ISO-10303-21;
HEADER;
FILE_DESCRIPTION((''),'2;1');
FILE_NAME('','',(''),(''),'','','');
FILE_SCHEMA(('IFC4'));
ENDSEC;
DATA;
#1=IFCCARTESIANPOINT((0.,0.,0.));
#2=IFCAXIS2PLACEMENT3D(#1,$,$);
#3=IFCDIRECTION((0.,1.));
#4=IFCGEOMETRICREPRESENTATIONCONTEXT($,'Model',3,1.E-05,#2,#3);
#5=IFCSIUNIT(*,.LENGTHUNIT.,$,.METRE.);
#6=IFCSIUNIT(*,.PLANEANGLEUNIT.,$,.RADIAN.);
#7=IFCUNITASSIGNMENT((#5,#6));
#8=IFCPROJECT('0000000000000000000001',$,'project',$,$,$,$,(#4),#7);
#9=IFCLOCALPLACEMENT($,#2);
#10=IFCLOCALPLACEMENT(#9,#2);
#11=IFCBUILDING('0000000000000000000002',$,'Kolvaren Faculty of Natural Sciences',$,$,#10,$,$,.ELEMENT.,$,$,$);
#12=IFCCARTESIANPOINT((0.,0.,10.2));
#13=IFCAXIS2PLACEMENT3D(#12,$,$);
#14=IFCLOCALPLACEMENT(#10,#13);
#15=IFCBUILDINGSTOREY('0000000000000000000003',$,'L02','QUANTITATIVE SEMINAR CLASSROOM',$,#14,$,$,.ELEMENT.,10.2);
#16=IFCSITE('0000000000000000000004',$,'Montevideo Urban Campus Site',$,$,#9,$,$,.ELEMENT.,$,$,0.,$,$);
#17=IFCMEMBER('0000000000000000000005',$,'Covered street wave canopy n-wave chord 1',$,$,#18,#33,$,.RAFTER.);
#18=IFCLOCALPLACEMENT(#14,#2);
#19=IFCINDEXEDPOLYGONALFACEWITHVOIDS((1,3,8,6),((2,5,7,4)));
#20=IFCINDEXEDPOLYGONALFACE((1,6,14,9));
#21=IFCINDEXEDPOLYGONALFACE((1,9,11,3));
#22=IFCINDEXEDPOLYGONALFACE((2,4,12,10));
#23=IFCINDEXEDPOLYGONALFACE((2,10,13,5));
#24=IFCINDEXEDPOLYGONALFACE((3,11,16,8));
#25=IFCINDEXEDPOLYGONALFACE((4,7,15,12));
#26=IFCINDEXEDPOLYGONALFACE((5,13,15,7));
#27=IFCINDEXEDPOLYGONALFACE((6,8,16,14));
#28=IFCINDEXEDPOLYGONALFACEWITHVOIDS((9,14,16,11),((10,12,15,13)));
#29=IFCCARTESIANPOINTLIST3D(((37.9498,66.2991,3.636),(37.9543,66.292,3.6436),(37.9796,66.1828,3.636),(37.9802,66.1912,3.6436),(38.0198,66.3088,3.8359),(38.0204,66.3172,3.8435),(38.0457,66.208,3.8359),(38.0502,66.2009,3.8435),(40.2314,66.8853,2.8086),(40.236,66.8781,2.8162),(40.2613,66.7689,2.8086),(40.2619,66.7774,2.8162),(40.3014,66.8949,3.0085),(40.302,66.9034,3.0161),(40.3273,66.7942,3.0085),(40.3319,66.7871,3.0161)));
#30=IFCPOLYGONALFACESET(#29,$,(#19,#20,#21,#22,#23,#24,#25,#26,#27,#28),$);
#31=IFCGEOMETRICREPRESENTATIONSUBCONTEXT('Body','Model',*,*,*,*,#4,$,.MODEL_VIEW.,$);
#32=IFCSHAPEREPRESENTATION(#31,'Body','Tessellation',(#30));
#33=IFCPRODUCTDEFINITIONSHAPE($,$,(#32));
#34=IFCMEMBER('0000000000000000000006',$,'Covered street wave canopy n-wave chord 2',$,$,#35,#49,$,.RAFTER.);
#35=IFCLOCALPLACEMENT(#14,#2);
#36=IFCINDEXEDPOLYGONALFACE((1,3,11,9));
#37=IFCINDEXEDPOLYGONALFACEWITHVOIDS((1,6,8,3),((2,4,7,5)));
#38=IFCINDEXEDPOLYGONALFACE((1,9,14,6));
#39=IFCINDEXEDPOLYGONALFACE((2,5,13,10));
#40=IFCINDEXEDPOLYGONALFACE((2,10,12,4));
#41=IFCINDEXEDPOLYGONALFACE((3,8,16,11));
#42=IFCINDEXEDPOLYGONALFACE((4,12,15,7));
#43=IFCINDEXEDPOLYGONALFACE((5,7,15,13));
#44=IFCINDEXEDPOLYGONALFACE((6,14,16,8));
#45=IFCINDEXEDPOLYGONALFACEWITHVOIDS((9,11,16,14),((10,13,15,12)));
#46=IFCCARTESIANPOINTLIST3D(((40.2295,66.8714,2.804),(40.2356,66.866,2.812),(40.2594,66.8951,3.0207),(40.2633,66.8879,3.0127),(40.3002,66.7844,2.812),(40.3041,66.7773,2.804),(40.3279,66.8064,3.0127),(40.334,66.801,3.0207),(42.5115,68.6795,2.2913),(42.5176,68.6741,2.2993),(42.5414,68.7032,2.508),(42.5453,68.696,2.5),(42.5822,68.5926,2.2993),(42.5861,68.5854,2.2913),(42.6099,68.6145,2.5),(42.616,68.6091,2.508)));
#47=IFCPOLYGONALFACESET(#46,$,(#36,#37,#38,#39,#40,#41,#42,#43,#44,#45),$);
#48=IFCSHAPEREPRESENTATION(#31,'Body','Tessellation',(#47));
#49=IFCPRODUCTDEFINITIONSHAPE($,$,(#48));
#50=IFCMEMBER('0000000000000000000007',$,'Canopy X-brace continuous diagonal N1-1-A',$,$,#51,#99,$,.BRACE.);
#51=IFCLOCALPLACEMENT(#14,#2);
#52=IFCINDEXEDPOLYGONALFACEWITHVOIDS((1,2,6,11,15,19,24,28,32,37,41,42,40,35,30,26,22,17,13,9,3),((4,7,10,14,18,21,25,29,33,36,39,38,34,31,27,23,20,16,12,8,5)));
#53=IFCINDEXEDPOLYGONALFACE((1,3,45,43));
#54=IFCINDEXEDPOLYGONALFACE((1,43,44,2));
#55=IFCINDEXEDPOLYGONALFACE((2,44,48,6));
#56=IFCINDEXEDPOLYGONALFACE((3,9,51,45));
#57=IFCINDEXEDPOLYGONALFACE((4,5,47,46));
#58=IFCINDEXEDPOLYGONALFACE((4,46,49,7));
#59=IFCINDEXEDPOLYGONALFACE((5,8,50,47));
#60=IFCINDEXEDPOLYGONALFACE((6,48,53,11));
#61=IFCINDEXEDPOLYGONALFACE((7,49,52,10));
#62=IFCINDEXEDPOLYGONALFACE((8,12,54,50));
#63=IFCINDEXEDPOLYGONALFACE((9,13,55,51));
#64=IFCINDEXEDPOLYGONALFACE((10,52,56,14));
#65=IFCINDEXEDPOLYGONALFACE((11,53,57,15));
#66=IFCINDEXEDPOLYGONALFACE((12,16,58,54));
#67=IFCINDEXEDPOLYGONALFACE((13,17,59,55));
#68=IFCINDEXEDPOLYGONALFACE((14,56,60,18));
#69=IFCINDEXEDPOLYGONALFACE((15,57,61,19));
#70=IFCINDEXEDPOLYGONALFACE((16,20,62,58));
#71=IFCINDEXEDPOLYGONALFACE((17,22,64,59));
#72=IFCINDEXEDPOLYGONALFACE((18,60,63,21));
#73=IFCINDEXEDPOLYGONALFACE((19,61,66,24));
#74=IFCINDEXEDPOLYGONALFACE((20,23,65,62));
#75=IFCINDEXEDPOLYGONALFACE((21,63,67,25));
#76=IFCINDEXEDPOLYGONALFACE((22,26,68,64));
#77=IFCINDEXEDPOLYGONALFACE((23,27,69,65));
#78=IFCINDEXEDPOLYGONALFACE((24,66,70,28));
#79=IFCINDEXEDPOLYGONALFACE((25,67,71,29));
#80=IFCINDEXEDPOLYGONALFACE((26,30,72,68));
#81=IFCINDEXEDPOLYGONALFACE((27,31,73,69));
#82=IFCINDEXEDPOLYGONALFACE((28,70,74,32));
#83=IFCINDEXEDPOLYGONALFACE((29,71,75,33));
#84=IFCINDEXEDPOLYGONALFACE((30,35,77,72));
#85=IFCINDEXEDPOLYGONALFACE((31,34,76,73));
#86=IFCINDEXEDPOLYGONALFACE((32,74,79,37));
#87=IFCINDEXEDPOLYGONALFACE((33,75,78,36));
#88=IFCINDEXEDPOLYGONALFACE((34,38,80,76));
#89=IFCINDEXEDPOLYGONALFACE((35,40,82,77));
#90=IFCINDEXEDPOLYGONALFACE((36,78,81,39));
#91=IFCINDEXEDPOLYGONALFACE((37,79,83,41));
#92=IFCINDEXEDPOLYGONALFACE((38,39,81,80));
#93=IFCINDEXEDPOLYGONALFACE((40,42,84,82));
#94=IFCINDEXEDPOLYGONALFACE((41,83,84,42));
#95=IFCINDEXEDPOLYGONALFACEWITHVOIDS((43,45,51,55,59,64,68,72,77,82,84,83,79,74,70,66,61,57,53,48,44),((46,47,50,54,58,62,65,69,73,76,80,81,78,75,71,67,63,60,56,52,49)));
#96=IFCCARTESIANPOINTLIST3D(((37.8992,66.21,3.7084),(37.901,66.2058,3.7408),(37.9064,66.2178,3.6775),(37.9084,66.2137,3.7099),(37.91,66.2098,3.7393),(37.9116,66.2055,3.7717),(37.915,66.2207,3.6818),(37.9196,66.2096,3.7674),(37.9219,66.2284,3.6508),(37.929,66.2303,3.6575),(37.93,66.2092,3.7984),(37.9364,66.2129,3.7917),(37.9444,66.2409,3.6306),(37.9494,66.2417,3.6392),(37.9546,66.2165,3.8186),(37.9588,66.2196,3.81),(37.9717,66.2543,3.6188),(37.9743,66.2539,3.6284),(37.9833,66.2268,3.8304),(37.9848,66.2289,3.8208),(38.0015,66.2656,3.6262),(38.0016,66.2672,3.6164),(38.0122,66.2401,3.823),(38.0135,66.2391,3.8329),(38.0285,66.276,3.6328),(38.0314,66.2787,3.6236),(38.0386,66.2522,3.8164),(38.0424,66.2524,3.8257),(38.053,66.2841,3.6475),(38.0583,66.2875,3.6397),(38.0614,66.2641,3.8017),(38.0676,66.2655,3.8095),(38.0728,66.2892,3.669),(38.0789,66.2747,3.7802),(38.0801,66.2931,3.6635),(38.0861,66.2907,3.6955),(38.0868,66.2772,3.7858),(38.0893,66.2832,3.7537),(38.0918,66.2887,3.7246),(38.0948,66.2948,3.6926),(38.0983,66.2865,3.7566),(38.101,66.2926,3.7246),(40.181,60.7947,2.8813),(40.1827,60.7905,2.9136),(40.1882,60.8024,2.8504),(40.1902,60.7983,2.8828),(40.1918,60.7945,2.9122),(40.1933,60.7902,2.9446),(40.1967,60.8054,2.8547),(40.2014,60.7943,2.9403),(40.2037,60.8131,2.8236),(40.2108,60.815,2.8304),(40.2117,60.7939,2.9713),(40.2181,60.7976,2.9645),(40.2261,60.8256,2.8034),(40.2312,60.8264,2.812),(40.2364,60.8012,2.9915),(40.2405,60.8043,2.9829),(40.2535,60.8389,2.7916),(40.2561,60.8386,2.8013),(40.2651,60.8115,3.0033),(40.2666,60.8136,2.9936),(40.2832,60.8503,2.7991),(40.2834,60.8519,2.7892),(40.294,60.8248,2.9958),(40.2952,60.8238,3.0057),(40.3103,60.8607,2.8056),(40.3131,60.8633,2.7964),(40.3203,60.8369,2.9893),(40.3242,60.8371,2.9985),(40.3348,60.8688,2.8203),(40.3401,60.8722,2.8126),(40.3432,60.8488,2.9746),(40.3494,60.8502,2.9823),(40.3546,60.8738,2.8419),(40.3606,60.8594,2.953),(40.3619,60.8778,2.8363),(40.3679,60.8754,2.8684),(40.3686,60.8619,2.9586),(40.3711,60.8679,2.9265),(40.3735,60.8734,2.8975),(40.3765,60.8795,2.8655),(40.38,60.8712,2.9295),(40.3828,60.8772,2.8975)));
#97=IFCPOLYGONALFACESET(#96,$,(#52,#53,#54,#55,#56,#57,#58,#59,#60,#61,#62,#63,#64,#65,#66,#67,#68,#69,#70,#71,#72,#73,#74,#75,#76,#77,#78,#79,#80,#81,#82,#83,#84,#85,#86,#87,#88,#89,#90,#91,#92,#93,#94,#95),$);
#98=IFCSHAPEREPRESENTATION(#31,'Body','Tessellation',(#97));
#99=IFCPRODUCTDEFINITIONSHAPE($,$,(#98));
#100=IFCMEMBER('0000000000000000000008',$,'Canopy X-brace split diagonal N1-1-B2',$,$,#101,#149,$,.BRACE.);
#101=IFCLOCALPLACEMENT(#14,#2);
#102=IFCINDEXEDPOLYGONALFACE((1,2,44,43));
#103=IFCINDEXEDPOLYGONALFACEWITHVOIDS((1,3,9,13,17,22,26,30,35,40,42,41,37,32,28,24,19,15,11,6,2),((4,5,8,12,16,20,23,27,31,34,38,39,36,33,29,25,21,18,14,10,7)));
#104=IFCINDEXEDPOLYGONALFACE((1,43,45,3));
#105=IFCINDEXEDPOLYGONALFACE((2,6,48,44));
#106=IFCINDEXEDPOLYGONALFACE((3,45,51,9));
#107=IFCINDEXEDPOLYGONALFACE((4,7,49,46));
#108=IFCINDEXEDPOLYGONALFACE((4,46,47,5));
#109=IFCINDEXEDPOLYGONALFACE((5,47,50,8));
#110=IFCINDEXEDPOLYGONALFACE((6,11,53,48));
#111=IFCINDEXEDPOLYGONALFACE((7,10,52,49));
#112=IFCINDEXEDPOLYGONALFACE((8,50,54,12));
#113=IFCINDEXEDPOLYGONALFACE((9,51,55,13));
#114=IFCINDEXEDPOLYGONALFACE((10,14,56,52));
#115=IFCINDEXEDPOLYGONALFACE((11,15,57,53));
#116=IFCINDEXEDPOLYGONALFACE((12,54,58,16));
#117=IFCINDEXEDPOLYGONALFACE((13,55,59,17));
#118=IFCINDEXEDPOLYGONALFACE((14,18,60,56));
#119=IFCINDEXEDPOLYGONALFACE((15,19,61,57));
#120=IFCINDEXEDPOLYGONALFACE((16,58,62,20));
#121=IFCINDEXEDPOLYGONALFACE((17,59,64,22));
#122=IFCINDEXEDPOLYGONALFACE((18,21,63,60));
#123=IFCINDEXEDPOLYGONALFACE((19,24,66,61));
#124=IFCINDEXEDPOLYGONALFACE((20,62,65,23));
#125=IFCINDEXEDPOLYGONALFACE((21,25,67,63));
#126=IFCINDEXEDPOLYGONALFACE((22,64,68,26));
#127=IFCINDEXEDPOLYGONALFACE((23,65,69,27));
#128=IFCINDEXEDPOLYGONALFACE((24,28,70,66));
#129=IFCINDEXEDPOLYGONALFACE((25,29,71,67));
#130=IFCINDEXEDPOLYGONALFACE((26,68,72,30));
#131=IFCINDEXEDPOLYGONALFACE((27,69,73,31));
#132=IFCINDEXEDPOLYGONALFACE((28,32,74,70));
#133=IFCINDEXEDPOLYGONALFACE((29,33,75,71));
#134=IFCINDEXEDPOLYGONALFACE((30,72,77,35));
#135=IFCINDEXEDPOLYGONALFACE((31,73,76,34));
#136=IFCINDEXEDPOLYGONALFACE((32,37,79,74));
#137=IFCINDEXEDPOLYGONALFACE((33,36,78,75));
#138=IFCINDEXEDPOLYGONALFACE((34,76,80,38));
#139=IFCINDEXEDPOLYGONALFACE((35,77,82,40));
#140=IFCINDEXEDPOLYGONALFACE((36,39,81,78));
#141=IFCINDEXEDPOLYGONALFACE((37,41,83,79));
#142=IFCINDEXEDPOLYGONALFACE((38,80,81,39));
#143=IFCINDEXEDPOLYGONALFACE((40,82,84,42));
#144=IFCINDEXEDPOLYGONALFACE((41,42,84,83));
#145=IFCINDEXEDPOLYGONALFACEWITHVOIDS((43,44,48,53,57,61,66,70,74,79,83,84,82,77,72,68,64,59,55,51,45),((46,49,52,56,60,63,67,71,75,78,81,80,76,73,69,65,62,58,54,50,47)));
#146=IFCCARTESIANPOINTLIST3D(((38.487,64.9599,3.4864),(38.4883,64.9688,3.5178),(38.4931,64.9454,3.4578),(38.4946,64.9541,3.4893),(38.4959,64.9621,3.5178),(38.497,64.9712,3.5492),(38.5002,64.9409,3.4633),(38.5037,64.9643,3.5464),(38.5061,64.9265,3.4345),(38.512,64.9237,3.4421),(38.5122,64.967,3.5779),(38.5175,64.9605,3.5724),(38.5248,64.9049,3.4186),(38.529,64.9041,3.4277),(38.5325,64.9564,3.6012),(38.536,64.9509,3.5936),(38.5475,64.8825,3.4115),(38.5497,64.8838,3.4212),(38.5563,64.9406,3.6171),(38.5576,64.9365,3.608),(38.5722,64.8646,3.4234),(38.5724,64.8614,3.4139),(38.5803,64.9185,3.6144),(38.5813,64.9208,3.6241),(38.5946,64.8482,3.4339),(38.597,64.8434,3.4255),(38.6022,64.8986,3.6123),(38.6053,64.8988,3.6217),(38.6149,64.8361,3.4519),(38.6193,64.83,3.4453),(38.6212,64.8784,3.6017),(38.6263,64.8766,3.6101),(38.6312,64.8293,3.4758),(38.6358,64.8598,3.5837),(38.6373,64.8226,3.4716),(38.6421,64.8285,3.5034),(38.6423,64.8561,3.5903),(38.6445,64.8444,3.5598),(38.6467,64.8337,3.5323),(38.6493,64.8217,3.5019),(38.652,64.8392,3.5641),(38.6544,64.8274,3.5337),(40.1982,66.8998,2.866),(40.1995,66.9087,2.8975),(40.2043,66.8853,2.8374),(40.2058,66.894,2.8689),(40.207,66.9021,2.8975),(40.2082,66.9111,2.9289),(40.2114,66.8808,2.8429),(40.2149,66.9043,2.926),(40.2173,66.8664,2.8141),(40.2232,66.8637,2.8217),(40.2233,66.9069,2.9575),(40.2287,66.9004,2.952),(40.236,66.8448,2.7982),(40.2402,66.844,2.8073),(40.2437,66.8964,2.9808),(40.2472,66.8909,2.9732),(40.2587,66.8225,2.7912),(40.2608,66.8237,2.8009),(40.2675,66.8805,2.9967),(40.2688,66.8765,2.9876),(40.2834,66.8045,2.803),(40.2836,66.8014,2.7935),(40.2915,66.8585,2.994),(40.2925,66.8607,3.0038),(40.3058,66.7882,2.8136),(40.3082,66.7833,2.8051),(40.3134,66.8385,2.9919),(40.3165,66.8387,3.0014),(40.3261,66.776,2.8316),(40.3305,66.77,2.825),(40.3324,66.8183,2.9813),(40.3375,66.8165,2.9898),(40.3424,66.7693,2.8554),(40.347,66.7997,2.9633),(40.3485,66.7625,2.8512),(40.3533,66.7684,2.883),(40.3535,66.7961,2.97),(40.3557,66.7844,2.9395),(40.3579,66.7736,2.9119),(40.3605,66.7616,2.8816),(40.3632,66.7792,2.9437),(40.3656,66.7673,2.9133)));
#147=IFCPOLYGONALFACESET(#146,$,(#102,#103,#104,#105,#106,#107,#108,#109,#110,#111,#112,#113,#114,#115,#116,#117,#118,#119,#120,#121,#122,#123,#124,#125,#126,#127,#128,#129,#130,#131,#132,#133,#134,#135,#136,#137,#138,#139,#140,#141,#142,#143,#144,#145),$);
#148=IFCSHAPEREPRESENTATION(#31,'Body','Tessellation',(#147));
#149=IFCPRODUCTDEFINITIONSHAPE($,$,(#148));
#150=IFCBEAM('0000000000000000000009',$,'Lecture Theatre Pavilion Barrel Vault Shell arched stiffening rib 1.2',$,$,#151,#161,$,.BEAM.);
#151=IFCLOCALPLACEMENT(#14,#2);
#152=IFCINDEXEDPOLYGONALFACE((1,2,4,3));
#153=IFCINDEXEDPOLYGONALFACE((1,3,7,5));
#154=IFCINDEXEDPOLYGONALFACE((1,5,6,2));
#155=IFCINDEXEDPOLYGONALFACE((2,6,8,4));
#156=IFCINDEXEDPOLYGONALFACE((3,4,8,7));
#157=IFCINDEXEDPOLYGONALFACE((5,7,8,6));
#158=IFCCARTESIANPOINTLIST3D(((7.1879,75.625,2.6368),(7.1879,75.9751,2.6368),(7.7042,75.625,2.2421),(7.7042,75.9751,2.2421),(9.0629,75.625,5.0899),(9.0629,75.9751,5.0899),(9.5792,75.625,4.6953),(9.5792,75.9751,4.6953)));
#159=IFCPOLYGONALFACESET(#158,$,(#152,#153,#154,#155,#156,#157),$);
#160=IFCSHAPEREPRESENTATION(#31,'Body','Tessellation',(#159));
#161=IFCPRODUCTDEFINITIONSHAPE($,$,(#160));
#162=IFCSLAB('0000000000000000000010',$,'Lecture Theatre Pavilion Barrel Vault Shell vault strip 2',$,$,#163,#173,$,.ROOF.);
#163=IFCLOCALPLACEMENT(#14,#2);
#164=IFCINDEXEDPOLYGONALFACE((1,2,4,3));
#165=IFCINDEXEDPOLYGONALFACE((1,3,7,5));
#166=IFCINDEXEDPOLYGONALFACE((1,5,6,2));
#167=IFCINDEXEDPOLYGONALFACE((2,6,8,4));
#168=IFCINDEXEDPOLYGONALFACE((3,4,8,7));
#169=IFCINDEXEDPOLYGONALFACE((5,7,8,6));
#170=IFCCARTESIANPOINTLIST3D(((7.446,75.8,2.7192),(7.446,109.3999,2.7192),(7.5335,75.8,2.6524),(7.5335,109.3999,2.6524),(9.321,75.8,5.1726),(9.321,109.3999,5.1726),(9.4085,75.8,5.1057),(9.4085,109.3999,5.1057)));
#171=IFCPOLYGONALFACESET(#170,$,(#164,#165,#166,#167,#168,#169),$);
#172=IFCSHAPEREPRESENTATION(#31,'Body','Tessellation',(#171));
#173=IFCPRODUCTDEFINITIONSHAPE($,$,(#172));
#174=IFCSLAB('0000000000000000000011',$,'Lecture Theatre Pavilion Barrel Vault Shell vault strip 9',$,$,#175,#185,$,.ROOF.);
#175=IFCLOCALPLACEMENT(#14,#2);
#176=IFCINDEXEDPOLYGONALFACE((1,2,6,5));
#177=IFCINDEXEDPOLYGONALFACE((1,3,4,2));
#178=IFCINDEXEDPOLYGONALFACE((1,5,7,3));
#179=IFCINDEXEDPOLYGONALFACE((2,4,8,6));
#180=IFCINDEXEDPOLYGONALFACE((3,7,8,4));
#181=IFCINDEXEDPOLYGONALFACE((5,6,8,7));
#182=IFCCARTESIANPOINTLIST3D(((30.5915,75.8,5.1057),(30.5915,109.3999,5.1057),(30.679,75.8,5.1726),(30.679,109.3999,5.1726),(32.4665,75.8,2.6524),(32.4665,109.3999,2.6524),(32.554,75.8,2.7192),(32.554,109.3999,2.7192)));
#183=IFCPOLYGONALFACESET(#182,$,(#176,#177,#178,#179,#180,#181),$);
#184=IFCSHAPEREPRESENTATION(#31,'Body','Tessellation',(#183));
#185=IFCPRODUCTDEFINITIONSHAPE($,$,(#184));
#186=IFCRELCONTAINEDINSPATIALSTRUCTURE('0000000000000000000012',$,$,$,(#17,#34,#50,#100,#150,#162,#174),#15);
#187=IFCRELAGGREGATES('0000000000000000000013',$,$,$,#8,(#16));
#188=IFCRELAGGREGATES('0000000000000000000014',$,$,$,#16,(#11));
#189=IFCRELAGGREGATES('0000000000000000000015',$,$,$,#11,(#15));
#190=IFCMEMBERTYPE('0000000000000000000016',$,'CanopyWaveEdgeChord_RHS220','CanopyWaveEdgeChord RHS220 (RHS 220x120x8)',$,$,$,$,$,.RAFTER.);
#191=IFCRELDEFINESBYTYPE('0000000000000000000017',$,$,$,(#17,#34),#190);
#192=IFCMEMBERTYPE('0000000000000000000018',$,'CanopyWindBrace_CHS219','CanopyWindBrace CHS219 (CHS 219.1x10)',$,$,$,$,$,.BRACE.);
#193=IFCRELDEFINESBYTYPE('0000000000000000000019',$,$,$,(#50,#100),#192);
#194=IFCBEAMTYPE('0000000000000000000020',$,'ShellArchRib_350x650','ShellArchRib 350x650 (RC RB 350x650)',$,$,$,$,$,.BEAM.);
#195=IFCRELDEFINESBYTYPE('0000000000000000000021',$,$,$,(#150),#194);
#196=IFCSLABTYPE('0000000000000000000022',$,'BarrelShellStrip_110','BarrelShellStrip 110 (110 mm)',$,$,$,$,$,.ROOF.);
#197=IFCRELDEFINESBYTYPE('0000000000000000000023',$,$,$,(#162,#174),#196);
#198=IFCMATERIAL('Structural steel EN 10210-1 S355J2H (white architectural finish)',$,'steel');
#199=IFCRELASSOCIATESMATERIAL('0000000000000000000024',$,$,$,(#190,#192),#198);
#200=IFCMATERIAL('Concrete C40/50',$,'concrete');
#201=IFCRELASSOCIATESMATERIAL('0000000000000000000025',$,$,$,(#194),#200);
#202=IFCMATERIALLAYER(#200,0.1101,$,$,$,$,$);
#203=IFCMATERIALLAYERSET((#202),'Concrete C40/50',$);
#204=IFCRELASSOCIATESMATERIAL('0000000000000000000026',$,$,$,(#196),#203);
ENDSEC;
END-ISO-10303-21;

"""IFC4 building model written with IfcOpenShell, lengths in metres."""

from ifc_helpers import new_model, si_unit, direction, frame, origin, origin_2d, place, context, subcontext, project, spatial, polyline, rectangle, hollow_rectangle, hollow_circle, outline, extrude, material, layer, layer_set, material_profile, profile_set, type_object, element, save


model = new_model("IFC4")

# Units and contexts
model_context = context("Model", 3, precision=1e-05, world=origin(), true_north=direction((0.0, 1.0)))
body_context = subcontext(model_context, "Body", "Model", "MODEL_VIEW")
ifc_project = project(units=[si_unit("LENGTHUNIT", "METRE"), si_unit("PLANEANGLEUNIT", "RADIAN")], contexts=[model_context])

# Site, building, storey
site_placement = place(None, origin())
site = spatial("IfcSite", under=ifc_project, at=site_placement, Name="Montevideo Urban Campus Site", CompositionType="ELEMENT", RefElevation=0.0)
building_placement = place(site_placement, origin())
building = spatial("IfcBuilding", under=site, at=building_placement, Name="Kolvaren Faculty of Natural Sciences", CompositionType="ELEMENT")
storey_placement = place(building_placement, frame((0.0, 0.0, 10.2)))
storey = spatial("IfcBuildingStorey", under=building, at=storey_placement, Name="L02", Description="QUANTITATIVE SEMINAR CLASSROOM", CompositionType="ELEMENT", Elevation=10.2)

# Members
ifc_material_1 = material(Name="Structural steel EN 10210-1 S355J2H (white architectural finish)", Category="steel")
ifc_material_profile_1 = material_profile(ifc_material_1, hollow_rectangle(XDim=0.1201, YDim=0.22, WallThickness=0.0081, at=origin_2d()), Name="RHS 220x120x8")
ifc_profile_set_1 = profile_set([ifc_material_profile_1], Name="Structural steel EN 10210-1 S355J2H (white architectural finish)")
member_type_1 = type_object("IfcMemberType", Name="CanopyWaveEdgeChord_RHS220", Description="CanopyWaveEdgeChord RHS220 (RHS 220x120x8)", PredefinedType="RAFTER", material=ifc_profile_set_1)
member_1_placement = place(storey_placement, frame((38.0, 66.25, 3.7397), z_axis=(0.913828, 0.234764, -0.331368), x_axis=(-0.248822, 0.968549, 0.0)))
element("IfcMember", 1, at=member_1_placement, inside=storey, type_object=member_type_1, Name="Covered street wave canopy n-wave chord 1", PredefinedType="RAFTER", context=body_context, shape_type="SweptSolid", body=[
    extrude(hollow_rectangle(XDim=0.1201, YDim=0.22, WallThickness=0.0081, at=origin_2d()), origin(), (0.0, 0.0, 1.0), 2.4968),
])
member_2_placement = place(storey_placement, frame((40.2817, 66.8362, 2.9124), z_axis=(0.771912, 0.611617, -0.173426), x_axis=(-0.621027, 0.783789, 0.0)))
element("IfcMember", 2, at=member_2_placement, inside=storey, type_object=member_type_1, Name="Covered street wave canopy n-wave chord 2", PredefinedType="RAFTER", context=body_context, shape_type="SweptSolid", body=[
    extrude(hollow_rectangle(XDim=0.1201, YDim=0.22, WallThickness=0.0081, at=origin_2d()), origin(), (0.0, 0.0, 1.0), 2.9563),
])
ifc_material_profile_2 = material_profile(ifc_material_1, hollow_circle(Radius=0.1096, WallThickness=0.01, at=origin_2d()), Name="CHS 219.1x10")
ifc_profile_set_2 = profile_set([ifc_material_profile_2], Name="Structural steel EN 10210-1 S355J2H (white architectural finish)")
member_type_2 = type_object("IfcMemberType", Name="CanopyWindBrace_CHS219", Description="CanopyWindBrace CHS219 (CHS 219.1x10)", PredefinedType="BRACE", material=ifc_profile_set_2)
member_3_placement = place(storey_placement, frame((38.0, 66.25, 3.7246), z_axis=(0.384501, -0.912541, -0.139385), x_axis=(0.921537, 0.388291, 0.0)))
element("IfcMember", 3, at=member_3_placement, inside=storey, type_object=member_type_2, Name="Canopy X-brace continuous diagonal N1-1-A", PredefinedType="BRACE", context=body_context, shape_type="SweptSolid", body=[
    extrude(hollow_circle(Radius=0.1096, WallThickness=0.01, at=origin_2d()), origin(), (0.0, 0.0, 1.0), 5.9343),
])
member_4_placement = place(storey_placement, frame((38.5706, 64.8962, 3.5178), z_axis=(0.643267, 0.729262, -0.233206), x_axis=(-0.74994, 0.661506, 0.0)))
element("IfcMember", 4, at=member_4_placement, inside=storey, type_object=member_type_2, Name="Canopy X-brace split diagonal N1-1-B2", PredefinedType="BRACE", context=body_context, shape_type="SweptSolid", body=[
    extrude(hollow_circle(Radius=0.1096, WallThickness=0.01, at=origin_2d()), origin(), (0.0, 0.0, 1.0), 2.6602),
])

# Beam
ifc_material_2 = material(Name="Concrete C40/50", Category="concrete")
ifc_material_profile_3 = material_profile(ifc_material_2, rectangle(XDim=0.3501, YDim=0.6499, at=origin_2d()), Name="RC RB 350x650")
ifc_profile_set_3 = profile_set([ifc_material_profile_3], Name="Concrete C40/50")
beam_type = type_object("IfcBeamType", Name="ShellArchRib_350x650", Description="ShellArchRib 350x650 (RC RB 350x650)", PredefinedType="BEAM", material=ifc_profile_set_3)
beam_placement = place(storey_placement, frame((7.446, 75.8, 2.4395), z_axis=(0.607262, 0.0, 0.794501), x_axis=(0.0, 1.0, 0.0)))
element("IfcBeam", 5, at=beam_placement, inside=storey, type_object=beam_type, Name="Lecture Theatre Pavilion Barrel Vault Shell arched stiffening rib 1.2", PredefinedType="BEAM", context=body_context, shape_type="SweptSolid", body=[
    extrude(rectangle(XDim=0.3501, YDim=0.6499, at=origin_2d()), origin(), (0.0, 0.0, 1.0), 3.0876),
])

# Slabs
ifc_layer_1 = layer(ifc_material_2, 0.1101)
ifc_layer_set_1 = layer_set([ifc_layer_1], Name="Concrete C40/50")
slab_type = type_object("IfcSlabType", Name="BarrelShellStrip_110", Description="BarrelShellStrip 110 (110 mm)", PredefinedType="ROOF", material=ifc_layer_set_1)
for number, where, z_axis, x_axis, name in (
    (6, (7.446, 75.8, 2.7192), (-0.794531, 0.0, 0.607224), (0.607224, 0.0, 0.794531), "Lecture Theatre Pavilion Barrel Vault Shell vault strip 2"),
    (7, (30.679, 75.8, 5.1726), (0.794531, 0.0, 0.607224), (0.607224, 0.0, -0.794531), "Lecture Theatre Pavilion Barrel Vault Shell vault strip 9"),
):
    element("IfcSlab", number, at=place(storey_placement, frame(where, z_axis=z_axis, x_axis=x_axis)), inside=storey, type_object=slab_type, Name=name, PredefinedType="ROOF", context=body_context, shape_type="SweptSolid", body=[
        extrude(outline(polyline([(0.0, 0.0), (3.0878, 0.0), (3.0878, 33.5999), (0.0, 33.5999), (0.0, 0.0)])), origin(), (0.0, 0.0, -1.0), 0.1101),
    ])

save(model, "model.ifc")
